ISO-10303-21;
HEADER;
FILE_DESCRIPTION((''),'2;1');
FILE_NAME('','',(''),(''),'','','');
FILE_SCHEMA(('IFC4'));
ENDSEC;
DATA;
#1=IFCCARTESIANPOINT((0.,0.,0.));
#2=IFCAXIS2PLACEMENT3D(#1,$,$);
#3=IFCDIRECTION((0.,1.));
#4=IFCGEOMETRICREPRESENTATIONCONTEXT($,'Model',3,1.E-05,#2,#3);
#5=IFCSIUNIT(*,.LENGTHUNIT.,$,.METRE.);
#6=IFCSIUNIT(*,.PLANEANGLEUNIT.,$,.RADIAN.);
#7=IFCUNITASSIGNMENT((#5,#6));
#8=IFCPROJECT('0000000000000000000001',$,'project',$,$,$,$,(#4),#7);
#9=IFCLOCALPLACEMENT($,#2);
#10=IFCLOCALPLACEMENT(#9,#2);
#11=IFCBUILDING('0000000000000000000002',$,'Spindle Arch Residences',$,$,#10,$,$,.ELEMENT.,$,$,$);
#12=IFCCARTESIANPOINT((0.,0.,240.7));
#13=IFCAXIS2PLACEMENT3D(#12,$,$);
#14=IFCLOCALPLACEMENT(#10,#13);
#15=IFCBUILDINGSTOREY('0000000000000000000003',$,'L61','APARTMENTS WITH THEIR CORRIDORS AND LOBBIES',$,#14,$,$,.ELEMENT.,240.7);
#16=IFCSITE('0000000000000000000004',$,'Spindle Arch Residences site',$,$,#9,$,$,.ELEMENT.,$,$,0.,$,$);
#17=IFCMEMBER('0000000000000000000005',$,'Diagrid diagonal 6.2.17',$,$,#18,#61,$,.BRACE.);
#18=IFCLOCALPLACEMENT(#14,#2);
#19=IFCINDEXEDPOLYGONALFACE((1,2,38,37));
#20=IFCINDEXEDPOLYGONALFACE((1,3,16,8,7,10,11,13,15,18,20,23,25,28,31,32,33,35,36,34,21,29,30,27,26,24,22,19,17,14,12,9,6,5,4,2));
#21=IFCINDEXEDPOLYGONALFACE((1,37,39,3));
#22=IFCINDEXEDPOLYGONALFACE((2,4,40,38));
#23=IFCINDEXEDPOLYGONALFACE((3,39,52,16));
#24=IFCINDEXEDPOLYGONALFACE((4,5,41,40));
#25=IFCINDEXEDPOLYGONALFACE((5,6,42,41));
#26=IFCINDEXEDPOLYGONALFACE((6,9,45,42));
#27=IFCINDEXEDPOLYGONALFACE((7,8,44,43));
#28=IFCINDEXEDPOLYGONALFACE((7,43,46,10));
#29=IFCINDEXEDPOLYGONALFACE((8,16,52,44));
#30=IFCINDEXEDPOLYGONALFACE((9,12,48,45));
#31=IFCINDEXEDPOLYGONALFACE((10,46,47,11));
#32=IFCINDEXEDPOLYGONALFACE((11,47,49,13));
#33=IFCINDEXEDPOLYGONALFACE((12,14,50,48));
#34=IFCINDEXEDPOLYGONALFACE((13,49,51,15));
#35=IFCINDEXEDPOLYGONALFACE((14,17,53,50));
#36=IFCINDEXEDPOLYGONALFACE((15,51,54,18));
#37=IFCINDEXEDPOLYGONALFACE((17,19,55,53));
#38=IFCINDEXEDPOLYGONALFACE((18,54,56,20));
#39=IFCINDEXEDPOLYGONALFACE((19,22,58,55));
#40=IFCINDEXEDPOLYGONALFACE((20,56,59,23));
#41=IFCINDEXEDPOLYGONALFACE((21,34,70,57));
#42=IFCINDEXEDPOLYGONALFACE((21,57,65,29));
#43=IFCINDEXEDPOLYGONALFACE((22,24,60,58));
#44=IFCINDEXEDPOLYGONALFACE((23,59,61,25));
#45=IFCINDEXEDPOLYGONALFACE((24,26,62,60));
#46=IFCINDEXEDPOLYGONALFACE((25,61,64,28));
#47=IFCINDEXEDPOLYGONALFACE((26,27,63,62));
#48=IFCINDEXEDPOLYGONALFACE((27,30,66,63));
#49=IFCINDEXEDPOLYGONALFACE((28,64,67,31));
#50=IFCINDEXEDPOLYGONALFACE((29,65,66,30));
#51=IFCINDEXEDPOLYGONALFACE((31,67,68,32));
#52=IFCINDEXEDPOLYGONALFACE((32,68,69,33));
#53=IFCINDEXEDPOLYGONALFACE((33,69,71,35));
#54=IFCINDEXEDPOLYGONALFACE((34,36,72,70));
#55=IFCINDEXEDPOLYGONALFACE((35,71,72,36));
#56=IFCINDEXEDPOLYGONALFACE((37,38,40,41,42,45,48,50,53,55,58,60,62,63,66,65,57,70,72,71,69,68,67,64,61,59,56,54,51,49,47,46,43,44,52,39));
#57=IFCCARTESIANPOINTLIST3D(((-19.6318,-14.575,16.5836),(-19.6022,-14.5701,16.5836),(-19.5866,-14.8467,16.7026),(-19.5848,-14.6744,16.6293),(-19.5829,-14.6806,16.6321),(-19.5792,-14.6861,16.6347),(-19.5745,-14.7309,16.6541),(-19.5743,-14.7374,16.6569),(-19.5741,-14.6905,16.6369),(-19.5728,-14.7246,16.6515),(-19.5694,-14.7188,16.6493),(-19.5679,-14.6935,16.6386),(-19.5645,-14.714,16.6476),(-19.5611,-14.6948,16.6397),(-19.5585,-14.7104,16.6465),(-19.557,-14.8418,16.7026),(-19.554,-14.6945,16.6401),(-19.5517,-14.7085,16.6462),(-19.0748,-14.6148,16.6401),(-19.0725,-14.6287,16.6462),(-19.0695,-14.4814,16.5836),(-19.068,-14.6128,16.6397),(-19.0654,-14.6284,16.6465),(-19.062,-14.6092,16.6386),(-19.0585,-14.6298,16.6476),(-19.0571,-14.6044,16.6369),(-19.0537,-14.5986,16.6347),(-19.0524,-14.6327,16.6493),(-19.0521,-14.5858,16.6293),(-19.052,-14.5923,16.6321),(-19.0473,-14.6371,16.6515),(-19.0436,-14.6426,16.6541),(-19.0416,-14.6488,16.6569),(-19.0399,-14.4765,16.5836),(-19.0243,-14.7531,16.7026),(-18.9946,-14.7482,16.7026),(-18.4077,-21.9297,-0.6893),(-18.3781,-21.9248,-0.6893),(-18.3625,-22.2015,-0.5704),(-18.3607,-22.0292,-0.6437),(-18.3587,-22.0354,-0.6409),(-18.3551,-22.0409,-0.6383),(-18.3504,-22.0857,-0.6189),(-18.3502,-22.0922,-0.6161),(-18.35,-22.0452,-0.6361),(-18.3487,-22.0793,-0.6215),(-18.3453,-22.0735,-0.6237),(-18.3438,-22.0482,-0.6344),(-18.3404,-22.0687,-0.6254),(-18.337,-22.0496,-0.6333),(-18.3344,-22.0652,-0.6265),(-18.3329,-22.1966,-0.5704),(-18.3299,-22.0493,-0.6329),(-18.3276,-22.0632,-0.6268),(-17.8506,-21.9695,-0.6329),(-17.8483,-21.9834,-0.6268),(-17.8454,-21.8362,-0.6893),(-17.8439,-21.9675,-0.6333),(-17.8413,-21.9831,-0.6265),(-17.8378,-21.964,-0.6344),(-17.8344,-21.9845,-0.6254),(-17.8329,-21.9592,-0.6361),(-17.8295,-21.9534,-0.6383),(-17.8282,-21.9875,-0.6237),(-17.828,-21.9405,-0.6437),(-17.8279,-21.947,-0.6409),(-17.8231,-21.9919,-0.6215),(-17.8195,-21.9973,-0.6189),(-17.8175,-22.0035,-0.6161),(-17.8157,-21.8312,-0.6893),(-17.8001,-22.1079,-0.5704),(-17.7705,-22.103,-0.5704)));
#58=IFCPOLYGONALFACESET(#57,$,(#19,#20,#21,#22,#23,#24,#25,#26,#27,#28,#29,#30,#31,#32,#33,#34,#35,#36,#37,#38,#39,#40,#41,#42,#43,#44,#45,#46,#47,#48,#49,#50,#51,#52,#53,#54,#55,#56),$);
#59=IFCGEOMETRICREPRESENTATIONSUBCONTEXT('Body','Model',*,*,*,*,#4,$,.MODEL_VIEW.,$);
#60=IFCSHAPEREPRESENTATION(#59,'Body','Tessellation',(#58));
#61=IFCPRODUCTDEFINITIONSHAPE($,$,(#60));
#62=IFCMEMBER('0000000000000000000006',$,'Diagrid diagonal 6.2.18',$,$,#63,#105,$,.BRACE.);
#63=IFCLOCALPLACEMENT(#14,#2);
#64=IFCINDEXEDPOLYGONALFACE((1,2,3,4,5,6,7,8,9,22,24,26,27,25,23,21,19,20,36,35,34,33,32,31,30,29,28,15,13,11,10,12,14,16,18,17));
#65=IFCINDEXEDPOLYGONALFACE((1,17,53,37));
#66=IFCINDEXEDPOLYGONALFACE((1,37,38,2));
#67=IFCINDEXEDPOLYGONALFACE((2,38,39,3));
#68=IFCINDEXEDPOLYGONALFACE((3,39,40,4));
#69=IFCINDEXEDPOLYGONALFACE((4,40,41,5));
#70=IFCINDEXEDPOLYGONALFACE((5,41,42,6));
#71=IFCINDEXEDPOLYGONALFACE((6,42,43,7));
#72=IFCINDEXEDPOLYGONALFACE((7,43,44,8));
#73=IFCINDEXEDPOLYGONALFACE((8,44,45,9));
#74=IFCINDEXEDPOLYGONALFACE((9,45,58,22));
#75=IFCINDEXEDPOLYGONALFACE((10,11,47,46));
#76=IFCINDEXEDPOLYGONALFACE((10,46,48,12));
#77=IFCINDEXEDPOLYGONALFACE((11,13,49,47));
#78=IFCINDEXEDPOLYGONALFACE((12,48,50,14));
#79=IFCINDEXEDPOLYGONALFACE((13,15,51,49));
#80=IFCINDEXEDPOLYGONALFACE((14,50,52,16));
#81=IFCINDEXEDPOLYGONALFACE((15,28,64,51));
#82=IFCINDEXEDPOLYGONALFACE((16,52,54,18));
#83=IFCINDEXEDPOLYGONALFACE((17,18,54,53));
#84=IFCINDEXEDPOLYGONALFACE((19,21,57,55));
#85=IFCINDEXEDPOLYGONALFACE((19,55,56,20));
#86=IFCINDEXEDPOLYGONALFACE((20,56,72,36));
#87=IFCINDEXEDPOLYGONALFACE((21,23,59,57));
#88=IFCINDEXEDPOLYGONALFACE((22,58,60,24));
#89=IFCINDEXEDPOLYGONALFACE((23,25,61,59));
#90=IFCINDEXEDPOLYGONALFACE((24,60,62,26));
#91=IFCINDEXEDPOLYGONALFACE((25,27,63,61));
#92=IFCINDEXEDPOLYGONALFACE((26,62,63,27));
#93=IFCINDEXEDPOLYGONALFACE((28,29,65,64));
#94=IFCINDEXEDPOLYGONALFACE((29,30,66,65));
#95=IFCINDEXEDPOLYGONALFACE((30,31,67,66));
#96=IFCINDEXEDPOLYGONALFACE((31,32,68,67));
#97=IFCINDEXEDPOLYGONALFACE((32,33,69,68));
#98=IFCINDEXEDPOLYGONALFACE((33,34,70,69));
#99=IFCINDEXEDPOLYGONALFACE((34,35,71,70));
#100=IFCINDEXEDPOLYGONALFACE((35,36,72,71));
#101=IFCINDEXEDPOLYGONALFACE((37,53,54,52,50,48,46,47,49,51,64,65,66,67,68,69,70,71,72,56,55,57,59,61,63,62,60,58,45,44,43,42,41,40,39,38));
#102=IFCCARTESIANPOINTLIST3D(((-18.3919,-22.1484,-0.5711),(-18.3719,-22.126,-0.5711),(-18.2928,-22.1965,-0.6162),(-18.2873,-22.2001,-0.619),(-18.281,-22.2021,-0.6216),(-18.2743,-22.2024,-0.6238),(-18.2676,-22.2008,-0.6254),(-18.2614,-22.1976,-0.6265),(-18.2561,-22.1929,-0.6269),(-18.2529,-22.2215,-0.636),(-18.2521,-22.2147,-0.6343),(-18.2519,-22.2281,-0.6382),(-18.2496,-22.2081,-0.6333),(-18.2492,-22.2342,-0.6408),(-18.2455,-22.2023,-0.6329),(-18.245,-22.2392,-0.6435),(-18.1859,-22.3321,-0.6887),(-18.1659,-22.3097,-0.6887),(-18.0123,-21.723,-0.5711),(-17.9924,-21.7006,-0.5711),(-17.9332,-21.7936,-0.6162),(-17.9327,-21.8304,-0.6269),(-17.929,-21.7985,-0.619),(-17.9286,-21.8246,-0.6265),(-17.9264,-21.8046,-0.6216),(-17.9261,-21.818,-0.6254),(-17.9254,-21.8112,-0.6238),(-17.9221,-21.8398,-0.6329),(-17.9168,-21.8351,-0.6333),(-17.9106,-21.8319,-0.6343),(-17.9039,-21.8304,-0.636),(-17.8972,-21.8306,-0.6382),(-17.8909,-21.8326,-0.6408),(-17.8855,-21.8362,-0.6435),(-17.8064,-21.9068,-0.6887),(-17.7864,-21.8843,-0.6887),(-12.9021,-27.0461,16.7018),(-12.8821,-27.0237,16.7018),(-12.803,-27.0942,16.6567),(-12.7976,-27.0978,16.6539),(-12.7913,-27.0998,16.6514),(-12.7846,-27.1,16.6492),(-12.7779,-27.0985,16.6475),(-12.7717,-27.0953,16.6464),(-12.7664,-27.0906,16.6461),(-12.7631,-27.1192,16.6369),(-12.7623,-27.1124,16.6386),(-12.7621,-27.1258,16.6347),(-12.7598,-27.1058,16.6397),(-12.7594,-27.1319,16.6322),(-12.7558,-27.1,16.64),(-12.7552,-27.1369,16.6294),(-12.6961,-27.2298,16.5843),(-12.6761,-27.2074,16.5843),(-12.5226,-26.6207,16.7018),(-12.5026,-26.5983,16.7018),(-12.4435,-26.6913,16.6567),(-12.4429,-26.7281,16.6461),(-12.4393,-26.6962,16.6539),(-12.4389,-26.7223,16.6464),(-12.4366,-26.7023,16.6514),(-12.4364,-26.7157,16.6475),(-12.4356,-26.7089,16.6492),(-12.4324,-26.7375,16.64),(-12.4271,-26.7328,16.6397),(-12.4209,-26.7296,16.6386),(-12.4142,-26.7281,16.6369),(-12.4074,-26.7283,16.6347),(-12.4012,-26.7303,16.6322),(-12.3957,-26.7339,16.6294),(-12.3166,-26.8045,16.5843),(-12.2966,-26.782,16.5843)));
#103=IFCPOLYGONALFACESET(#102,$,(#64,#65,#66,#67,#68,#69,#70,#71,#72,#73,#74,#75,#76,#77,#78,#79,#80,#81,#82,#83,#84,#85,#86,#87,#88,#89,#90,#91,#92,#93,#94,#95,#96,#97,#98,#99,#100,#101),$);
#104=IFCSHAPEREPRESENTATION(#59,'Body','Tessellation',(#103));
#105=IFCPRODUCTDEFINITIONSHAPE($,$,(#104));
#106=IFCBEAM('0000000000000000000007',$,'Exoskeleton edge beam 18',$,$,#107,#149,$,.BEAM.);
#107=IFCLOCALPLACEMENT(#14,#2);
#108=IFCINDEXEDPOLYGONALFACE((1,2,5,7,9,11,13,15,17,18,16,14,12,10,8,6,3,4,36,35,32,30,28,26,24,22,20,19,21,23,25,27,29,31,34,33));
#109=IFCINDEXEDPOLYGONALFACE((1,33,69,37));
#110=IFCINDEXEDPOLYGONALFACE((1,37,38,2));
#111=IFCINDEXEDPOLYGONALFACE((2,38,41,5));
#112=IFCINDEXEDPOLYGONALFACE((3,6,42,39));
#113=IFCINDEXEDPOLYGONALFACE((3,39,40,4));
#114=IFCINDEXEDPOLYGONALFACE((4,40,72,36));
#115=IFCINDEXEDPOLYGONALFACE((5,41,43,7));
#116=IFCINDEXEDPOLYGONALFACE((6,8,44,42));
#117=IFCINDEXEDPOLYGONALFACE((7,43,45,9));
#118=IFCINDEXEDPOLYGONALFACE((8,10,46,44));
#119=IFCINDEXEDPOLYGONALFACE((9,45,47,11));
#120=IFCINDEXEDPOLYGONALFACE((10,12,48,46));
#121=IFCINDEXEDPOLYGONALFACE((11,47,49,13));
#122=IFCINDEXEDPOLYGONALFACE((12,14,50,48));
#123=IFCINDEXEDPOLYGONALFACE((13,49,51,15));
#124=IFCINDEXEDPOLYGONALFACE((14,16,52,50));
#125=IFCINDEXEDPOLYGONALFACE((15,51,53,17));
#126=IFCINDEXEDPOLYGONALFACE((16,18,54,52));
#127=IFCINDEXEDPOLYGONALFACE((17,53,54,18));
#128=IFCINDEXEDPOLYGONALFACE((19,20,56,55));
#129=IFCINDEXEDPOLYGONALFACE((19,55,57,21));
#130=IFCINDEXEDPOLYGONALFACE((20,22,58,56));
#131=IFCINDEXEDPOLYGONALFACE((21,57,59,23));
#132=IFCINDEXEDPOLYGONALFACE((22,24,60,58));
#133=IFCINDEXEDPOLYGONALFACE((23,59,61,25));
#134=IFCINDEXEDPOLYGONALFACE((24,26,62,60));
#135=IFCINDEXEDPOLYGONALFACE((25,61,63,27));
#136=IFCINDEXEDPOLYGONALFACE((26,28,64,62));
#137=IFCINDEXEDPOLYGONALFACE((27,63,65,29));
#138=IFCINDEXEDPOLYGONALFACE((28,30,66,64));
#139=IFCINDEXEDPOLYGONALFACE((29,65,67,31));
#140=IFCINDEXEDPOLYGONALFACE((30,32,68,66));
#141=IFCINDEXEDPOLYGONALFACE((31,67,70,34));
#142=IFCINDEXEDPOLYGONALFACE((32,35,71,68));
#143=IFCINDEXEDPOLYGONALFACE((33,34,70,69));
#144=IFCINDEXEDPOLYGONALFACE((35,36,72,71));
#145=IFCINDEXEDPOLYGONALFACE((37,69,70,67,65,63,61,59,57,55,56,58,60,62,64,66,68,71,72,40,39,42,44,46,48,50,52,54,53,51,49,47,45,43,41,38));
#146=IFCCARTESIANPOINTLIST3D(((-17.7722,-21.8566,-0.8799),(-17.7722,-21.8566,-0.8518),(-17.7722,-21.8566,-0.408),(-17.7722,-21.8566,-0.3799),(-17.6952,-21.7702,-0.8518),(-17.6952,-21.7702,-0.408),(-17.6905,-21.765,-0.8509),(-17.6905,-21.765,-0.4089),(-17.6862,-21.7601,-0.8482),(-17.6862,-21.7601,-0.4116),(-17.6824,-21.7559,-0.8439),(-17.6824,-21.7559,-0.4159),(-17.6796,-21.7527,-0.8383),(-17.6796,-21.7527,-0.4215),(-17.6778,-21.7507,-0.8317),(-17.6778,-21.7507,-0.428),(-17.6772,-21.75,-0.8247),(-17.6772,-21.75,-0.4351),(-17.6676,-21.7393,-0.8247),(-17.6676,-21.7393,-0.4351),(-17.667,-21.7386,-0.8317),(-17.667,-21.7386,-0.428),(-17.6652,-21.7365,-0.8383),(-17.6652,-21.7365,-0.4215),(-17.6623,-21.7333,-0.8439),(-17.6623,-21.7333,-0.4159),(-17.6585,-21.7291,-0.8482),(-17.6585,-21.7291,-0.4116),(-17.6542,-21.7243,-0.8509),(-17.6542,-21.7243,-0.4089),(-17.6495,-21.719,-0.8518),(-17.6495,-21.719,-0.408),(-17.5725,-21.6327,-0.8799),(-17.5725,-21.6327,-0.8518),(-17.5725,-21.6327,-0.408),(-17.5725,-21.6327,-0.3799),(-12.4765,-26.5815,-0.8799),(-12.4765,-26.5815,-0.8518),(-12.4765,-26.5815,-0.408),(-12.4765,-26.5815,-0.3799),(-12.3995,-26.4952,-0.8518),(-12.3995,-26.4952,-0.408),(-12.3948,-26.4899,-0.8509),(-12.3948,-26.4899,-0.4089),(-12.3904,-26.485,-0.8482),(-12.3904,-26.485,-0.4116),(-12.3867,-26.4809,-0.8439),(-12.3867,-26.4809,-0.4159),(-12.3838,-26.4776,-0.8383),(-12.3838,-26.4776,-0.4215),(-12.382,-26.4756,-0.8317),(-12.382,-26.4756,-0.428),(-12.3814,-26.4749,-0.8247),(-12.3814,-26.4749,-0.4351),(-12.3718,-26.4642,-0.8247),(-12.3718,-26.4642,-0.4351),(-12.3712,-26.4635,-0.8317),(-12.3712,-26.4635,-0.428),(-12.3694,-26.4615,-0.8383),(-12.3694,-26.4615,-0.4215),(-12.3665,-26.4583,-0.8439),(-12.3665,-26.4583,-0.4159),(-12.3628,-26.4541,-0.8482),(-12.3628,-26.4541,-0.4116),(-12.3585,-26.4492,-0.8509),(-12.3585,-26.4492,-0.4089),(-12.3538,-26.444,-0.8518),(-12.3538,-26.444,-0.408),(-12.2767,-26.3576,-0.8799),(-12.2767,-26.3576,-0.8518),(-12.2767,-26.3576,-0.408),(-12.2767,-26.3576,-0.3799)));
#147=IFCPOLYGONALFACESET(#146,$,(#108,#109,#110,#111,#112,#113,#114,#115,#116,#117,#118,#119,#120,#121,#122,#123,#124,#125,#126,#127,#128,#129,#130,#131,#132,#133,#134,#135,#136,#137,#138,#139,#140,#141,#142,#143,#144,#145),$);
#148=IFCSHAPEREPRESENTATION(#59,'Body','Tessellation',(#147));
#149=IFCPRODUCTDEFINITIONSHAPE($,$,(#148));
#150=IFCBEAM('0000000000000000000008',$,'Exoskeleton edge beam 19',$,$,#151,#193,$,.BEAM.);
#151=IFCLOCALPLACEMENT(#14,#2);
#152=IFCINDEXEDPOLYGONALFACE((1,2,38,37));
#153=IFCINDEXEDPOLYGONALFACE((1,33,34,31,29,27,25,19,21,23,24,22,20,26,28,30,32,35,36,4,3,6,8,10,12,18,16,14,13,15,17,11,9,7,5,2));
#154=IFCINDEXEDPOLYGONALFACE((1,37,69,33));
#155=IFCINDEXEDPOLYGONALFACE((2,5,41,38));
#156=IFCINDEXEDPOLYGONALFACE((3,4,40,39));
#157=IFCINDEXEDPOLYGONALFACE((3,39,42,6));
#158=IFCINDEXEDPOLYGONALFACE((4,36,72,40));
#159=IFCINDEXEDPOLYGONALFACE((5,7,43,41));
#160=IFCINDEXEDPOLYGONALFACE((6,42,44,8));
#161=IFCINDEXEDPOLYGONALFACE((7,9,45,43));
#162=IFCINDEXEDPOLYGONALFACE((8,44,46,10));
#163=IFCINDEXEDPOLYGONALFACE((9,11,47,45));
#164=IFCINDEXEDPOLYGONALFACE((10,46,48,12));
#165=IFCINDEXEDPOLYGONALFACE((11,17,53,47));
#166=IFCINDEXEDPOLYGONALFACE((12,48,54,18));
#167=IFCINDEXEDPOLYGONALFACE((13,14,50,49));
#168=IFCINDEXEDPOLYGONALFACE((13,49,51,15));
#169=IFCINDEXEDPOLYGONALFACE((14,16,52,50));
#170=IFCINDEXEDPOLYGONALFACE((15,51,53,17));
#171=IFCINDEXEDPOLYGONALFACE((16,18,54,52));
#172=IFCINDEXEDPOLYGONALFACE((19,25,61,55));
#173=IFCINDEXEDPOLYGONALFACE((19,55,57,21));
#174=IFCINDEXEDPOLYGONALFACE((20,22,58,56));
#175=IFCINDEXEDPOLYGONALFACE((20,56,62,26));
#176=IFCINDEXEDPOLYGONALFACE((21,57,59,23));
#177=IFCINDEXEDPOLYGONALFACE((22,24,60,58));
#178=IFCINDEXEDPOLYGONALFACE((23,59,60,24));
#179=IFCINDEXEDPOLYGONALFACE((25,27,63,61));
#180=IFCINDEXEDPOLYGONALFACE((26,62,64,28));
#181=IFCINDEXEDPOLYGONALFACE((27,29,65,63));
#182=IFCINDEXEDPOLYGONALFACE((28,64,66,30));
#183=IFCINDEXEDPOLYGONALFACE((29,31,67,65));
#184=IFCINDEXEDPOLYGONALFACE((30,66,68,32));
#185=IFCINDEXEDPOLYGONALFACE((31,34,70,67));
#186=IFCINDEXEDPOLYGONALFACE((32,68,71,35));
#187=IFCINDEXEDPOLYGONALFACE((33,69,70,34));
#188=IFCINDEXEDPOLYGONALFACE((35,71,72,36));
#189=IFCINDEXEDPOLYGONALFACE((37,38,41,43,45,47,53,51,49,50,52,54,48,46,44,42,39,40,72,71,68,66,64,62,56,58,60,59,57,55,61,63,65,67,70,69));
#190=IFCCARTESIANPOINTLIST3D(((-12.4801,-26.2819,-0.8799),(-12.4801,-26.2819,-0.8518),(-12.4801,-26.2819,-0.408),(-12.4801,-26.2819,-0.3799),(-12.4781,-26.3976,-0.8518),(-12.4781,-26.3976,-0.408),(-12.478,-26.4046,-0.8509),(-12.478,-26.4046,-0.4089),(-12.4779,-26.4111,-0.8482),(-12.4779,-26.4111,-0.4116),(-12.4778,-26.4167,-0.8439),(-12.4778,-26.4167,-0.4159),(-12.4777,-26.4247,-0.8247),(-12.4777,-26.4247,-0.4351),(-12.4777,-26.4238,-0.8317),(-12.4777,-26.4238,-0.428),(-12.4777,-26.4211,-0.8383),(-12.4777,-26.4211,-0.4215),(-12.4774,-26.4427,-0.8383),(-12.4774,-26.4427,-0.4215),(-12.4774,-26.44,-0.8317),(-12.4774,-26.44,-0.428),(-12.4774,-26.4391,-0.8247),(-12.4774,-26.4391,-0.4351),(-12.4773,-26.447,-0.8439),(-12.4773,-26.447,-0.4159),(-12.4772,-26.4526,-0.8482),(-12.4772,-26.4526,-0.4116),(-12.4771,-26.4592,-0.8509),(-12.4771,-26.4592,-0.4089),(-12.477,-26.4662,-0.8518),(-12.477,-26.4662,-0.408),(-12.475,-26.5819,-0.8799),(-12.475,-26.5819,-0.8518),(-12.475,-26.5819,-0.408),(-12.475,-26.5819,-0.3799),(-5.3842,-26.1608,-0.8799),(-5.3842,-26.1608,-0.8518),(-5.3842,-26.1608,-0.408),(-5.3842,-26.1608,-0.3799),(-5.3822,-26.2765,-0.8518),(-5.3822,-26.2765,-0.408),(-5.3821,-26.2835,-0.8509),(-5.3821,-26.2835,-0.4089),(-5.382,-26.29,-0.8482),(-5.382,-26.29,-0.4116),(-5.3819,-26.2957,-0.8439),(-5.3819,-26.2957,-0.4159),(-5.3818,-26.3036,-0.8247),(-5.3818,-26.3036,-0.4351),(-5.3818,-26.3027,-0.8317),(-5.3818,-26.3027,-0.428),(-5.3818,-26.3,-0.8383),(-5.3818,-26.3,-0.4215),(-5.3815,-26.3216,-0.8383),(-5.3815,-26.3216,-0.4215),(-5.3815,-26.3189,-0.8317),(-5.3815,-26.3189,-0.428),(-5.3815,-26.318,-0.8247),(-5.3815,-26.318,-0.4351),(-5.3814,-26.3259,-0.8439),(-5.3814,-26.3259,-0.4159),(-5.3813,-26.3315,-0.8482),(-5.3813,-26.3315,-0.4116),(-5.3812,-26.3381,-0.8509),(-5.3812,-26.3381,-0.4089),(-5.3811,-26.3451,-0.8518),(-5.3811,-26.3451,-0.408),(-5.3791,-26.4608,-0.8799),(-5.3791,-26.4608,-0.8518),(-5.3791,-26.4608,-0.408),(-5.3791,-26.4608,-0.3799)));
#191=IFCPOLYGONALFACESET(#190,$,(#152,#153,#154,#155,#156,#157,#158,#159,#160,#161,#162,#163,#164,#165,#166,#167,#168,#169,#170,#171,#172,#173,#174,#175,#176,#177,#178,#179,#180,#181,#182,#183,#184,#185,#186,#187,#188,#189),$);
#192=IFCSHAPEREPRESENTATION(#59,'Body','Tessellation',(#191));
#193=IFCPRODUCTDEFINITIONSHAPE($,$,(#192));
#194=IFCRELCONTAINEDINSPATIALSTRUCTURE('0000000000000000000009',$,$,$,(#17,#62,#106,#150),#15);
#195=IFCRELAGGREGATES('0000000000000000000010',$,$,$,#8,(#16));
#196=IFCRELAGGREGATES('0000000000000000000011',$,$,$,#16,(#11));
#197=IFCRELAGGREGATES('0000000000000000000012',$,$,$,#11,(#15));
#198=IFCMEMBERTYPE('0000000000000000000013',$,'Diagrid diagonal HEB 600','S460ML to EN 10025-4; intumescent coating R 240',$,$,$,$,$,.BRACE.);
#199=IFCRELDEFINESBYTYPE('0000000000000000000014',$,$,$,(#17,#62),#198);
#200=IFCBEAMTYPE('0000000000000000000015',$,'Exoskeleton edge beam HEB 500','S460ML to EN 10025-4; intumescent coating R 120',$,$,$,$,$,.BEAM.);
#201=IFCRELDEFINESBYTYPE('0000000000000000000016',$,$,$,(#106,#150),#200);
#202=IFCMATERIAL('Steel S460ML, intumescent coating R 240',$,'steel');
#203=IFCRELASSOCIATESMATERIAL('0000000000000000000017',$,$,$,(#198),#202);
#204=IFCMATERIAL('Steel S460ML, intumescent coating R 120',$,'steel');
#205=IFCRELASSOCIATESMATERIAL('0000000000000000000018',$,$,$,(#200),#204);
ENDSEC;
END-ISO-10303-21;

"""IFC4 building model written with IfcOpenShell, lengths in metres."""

from ifc_helpers import new_model, si_unit, direction, frame, origin, origin_2d, place, context, subcontext, project, spatial, i_section, extrude, material, material_profile, profile_set, type_object, element, save


model = new_model("IFC4")

# Units and contexts
model_context = context("Model", 3, precision=1e-05, world=origin(), true_north=direction((0.0, 1.0)))
body_context = subcontext(model_context, "Body", "Model", "MODEL_VIEW")
ifc_project = project(units=[si_unit("LENGTHUNIT", "METRE"), si_unit("PLANEANGLEUNIT", "RADIAN")], contexts=[model_context])

# Site, building, storey
site_placement = place(None, origin())
site = spatial("IfcSite", under=ifc_project, at=site_placement, Name="Spindle Arch Residences site", CompositionType="ELEMENT", RefElevation=0.0)
building_placement = place(site_placement, origin())
building = spatial("IfcBuilding", under=site, at=building_placement, Name="Spindle Arch Residences", CompositionType="ELEMENT")
storey_placement = place(building_placement, frame((0.0, 0.0, 240.7)))
storey = spatial("IfcBuildingStorey", under=building, at=storey_placement, Name="L61", Description="APARTMENTS WITH THEIR CORRIDORS AND LOBBIES", CompositionType="ELEMENT", Elevation=240.7)

# Members
ifc_material_1 = material(Name="Steel S460ML, intumescent coating R 240", Category="steel")
ifc_material_profile_1 = material_profile(ifc_material_1, i_section(OverallWidth=0.3, OverallDepth=0.6001, WebThickness=0.0154, FlangeThickness=0.03, FilletRadius=0.0271, at=origin_2d()), Name="HEB 600")
ifc_profile_set_1 = profile_set([ifc_material_profile_1], Name="Steel S460ML, intumescent coating R 240")
member_type_1 = type_object("IfcMemberType", Name="Diagrid diagonal HEB 600", Description="S460ML to EN 10025-4; intumescent coating R 240", PredefinedType="BRACE", material=ifc_profile_set_1)
member_1_placement = place(storey_placement, frame((-18.0891, -22.0164, -0.6299), z_axis=(-0.065066, 0.39093, 0.918118), x_axis=(0.150738, -0.905659, 0.396308)))
element("IfcMember", 1, at=member_1_placement, inside=storey, type_object=member_type_1, Name="Diagrid diagonal 6.2.17", PredefinedType="BRACE", context=body_context, shape_type="SweptSolid", body=[
    extrude(i_section(OverallWidth=0.3, OverallDepth=0.6001, WebThickness=0.0154, FlangeThickness=0.03, FilletRadius=0.0271, at=origin_2d()), origin(), (0.0, 0.0, 1.0), 18.8135),
])
member_2_placement = place(storey_placement, frame((-18.0891, -22.0164, -0.6299), z_axis=(0.292405, -0.260871, 0.920025), x_axis=(-0.68652, 0.612483, 0.39186)))
element("IfcMember", 2, at=member_2_placement, inside=storey, type_object=member_type_1, Name="Diagrid diagonal 6.2.18", PredefinedType="BRACE", context=body_context, shape_type="SweptSolid", body=[
    extrude(i_section(OverallWidth=0.3, OverallDepth=0.6001, WebThickness=0.0154, FlangeThickness=0.03, FilletRadius=0.0271, at=origin_2d()), origin(), (0.0, 0.0, 1.0), 18.7744),
])

# Beams
ifc_material_2 = material(Name="Steel S460ML, intumescent coating R 120", Category="steel")
ifc_material_profile_2 = material_profile(ifc_material_2, i_section(OverallWidth=0.3, OverallDepth=0.5, WebThickness=0.0144, FlangeThickness=0.0281, FilletRadius=0.0271, at=origin_2d()), Name="HEB 500")
ifc_profile_set_2 = profile_set([ifc_material_profile_2], Name="Steel S460ML, intumescent coating R 120")
beam_type_1 = type_object("IfcBeamType", Name="Exoskeleton edge beam HEB 500", Description="S460ML to EN 10025-4; intumescent coating R 120", PredefinedType="BEAM", material=ifc_profile_set_2)
beam_1_placement = place(storey_placement, frame((-17.6724, -21.7446, -0.6299), z_axis=(0.746176, -0.665748, 0.0), x_axis=(0.665748, 0.746176, 0.0)))
element("IfcBeam", 3, at=beam_1_placement, inside=storey, type_object=beam_type_1, Name="Exoskeleton edge beam 18", PredefinedType="BEAM", context=body_context, shape_type="SweptSolid", body=[
    extrude(i_section(OverallWidth=0.3, OverallDepth=0.5, WebThickness=0.0144, FlangeThickness=0.0281, FilletRadius=0.0271, at=origin_2d()), origin(), (0.0, 0.0, 1.0), 7.0972),
])
beam_2_placement = place(storey_placement, frame((-12.4775, -26.4319, -0.6299), z_axis=(0.999854, 0.017063, 0.0), x_axis=(-0.017063, 0.999854, 0.0)))
element("IfcBeam", 4, at=beam_2_placement, inside=storey, type_object=beam_type_1, Name="Exoskeleton edge beam 19", PredefinedType="BEAM", context=body_context, shape_type="SweptSolid", body=[
    extrude(i_section(OverallWidth=0.3, OverallDepth=0.5, WebThickness=0.0144, FlangeThickness=0.0281, FilletRadius=0.0271, at=origin_2d()), origin(), (0.0, 0.0, 1.0), 7.0969),
])

save(model, "model.ifc")
